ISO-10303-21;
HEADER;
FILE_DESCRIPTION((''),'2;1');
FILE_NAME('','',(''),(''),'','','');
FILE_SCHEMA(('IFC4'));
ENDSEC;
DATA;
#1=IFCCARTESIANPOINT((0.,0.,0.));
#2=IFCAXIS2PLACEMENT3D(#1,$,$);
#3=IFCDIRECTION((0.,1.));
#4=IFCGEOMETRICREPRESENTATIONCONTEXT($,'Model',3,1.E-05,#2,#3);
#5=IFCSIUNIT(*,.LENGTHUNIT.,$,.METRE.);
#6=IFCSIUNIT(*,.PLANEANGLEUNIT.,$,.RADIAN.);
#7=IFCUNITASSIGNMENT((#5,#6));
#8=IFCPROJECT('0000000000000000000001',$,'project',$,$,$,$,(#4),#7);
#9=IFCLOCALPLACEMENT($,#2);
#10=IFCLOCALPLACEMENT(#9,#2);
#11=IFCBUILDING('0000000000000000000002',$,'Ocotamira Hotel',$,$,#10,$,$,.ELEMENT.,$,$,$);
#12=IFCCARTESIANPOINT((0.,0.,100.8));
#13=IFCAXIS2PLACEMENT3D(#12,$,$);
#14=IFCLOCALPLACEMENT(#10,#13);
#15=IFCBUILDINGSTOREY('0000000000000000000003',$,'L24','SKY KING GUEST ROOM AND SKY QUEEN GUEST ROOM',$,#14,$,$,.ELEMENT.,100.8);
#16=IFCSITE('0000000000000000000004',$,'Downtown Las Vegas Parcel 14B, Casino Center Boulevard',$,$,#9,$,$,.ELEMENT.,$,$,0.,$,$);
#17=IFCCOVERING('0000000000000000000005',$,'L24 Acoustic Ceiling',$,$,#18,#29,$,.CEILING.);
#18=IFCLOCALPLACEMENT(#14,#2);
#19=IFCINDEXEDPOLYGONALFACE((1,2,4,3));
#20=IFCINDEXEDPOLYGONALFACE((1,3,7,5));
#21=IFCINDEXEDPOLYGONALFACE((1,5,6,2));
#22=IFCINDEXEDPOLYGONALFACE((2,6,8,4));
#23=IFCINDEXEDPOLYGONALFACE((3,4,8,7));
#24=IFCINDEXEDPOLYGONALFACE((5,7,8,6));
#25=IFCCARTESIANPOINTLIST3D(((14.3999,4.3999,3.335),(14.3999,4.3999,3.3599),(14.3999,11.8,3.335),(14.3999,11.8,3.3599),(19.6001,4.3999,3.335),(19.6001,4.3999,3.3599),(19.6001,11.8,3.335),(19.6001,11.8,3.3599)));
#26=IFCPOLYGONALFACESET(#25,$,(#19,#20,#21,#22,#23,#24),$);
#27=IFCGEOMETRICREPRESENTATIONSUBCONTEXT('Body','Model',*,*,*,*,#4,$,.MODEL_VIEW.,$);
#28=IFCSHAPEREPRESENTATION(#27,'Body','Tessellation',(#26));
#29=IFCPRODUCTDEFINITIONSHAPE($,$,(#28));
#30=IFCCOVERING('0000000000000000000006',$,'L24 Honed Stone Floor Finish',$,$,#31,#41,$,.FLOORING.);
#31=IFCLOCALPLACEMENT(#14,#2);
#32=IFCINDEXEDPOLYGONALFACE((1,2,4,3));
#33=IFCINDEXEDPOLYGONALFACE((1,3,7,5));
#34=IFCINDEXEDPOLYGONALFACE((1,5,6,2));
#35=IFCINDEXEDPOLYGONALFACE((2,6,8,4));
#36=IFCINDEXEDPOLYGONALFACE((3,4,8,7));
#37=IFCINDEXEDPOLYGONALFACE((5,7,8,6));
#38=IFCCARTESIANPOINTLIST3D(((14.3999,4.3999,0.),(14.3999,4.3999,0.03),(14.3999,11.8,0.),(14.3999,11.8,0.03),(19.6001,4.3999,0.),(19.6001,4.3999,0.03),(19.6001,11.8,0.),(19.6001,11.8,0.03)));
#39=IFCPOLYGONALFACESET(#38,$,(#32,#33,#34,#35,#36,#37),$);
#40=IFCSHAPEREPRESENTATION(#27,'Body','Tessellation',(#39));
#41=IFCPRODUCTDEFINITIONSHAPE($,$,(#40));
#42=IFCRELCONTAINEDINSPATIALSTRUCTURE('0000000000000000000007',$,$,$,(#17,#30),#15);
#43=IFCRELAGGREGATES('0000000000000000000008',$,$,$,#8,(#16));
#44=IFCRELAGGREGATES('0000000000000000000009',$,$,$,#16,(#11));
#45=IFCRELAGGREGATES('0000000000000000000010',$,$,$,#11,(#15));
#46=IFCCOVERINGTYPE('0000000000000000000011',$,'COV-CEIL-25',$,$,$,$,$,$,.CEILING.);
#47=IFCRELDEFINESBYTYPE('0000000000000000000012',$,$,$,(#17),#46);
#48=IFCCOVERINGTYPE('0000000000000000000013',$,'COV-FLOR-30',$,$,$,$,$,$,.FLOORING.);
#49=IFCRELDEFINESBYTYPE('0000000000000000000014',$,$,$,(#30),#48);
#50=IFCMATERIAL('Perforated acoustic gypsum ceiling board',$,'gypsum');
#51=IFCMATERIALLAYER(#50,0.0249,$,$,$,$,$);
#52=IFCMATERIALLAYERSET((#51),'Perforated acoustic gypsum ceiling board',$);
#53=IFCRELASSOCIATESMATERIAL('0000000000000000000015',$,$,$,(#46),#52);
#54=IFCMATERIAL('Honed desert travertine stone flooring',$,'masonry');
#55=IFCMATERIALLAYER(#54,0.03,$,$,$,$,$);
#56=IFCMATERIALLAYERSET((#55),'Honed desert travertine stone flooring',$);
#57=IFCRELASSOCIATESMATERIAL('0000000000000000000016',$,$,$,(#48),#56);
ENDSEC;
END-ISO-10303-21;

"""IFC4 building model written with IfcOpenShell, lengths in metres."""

from ifc_helpers import new_model, si_unit, direction, frame, origin, place, context, subcontext, project, spatial, polyline, outline, extrude, material, layer, layer_set, type_object, element, save


model = new_model("IFC4")

# Units and contexts
model_context = context("Model", 3, precision=1e-05, world=origin(), true_north=direction((0.0, 1.0)))
body_context = subcontext(model_context, "Body", "Model", "MODEL_VIEW")
ifc_project = project(units=[si_unit("LENGTHUNIT", "METRE"), si_unit("PLANEANGLEUNIT", "RADIAN")], contexts=[model_context])

# Site, building, storey
site_placement = place(None, origin())
site = spatial("IfcSite", under=ifc_project, at=site_placement, Name="Downtown Las Vegas Parcel 14B, Casino Center Boulevard", CompositionType="ELEMENT", RefElevation=0.0)
building_placement = place(site_placement, origin())
building = spatial("IfcBuilding", under=site, at=building_placement, Name="Ocotamira Hotel", CompositionType="ELEMENT")
storey_placement = place(building_placement, frame((0.0, 0.0, 100.8)))
storey = spatial("IfcBuildingStorey", under=building, at=storey_placement, Name="L24", Description="SKY KING GUEST ROOM AND SKY QUEEN GUEST ROOM", CompositionType="ELEMENT", Elevation=100.8)

# Coverings
ifc_material_1 = material(Name="Perforated acoustic gypsum ceiling board", Category="gypsum")
ifc_layer_1 = layer(ifc_material_1, 0.0249)
ifc_layer_set_1 = layer_set([ifc_layer_1], Name="Perforated acoustic gypsum ceiling board")
covering_type_1 = type_object("IfcCoveringType", Name="COV-CEIL-25", PredefinedType="CEILING", material=ifc_layer_set_1)
covering_1_placement = place(storey_placement, frame((0.0, 0.0, 3.335)))
element("IfcCovering", 1, at=covering_1_placement, inside=storey, type_object=covering_type_1, Name="L24 Acoustic Ceiling", PredefinedType="CEILING", context=body_context, shape_type="SweptSolid", body=[
    extrude(outline(polyline([(14.3999, 4.3999), (19.6001, 4.3999), (19.6001, 11.8), (14.3999, 11.8), (14.3999, 4.3999)])), origin(), (0.0, 0.0, 1.0), 0.0249),
])
ifc_material_2 = material(Name="Honed desert travertine stone flooring", Category="masonry")
ifc_layer_2 = layer(ifc_material_2, 0.03)
ifc_layer_set_2 = layer_set([ifc_layer_2], Name="Honed desert travertine stone flooring")
covering_type_2 = type_object("IfcCoveringType", Name="COV-FLOR-30", PredefinedType="FLOORING", material=ifc_layer_set_2)
covering_2_placement = place(storey_placement, origin())
element("IfcCovering", 2, at=covering_2_placement, inside=storey, type_object=covering_type_2, Name="L24 Honed Stone Floor Finish", PredefinedType="FLOORING", context=body_context, shape_type="SweptSolid", body=[
    extrude(outline(polyline([(14.3999, 4.3999), (19.6001, 4.3999), (19.6001, 11.8), (14.3999, 11.8), (14.3999, 4.3999)])), origin(), (0.0, 0.0, 1.0), 0.03),
])

save(model, "model.ifc")
